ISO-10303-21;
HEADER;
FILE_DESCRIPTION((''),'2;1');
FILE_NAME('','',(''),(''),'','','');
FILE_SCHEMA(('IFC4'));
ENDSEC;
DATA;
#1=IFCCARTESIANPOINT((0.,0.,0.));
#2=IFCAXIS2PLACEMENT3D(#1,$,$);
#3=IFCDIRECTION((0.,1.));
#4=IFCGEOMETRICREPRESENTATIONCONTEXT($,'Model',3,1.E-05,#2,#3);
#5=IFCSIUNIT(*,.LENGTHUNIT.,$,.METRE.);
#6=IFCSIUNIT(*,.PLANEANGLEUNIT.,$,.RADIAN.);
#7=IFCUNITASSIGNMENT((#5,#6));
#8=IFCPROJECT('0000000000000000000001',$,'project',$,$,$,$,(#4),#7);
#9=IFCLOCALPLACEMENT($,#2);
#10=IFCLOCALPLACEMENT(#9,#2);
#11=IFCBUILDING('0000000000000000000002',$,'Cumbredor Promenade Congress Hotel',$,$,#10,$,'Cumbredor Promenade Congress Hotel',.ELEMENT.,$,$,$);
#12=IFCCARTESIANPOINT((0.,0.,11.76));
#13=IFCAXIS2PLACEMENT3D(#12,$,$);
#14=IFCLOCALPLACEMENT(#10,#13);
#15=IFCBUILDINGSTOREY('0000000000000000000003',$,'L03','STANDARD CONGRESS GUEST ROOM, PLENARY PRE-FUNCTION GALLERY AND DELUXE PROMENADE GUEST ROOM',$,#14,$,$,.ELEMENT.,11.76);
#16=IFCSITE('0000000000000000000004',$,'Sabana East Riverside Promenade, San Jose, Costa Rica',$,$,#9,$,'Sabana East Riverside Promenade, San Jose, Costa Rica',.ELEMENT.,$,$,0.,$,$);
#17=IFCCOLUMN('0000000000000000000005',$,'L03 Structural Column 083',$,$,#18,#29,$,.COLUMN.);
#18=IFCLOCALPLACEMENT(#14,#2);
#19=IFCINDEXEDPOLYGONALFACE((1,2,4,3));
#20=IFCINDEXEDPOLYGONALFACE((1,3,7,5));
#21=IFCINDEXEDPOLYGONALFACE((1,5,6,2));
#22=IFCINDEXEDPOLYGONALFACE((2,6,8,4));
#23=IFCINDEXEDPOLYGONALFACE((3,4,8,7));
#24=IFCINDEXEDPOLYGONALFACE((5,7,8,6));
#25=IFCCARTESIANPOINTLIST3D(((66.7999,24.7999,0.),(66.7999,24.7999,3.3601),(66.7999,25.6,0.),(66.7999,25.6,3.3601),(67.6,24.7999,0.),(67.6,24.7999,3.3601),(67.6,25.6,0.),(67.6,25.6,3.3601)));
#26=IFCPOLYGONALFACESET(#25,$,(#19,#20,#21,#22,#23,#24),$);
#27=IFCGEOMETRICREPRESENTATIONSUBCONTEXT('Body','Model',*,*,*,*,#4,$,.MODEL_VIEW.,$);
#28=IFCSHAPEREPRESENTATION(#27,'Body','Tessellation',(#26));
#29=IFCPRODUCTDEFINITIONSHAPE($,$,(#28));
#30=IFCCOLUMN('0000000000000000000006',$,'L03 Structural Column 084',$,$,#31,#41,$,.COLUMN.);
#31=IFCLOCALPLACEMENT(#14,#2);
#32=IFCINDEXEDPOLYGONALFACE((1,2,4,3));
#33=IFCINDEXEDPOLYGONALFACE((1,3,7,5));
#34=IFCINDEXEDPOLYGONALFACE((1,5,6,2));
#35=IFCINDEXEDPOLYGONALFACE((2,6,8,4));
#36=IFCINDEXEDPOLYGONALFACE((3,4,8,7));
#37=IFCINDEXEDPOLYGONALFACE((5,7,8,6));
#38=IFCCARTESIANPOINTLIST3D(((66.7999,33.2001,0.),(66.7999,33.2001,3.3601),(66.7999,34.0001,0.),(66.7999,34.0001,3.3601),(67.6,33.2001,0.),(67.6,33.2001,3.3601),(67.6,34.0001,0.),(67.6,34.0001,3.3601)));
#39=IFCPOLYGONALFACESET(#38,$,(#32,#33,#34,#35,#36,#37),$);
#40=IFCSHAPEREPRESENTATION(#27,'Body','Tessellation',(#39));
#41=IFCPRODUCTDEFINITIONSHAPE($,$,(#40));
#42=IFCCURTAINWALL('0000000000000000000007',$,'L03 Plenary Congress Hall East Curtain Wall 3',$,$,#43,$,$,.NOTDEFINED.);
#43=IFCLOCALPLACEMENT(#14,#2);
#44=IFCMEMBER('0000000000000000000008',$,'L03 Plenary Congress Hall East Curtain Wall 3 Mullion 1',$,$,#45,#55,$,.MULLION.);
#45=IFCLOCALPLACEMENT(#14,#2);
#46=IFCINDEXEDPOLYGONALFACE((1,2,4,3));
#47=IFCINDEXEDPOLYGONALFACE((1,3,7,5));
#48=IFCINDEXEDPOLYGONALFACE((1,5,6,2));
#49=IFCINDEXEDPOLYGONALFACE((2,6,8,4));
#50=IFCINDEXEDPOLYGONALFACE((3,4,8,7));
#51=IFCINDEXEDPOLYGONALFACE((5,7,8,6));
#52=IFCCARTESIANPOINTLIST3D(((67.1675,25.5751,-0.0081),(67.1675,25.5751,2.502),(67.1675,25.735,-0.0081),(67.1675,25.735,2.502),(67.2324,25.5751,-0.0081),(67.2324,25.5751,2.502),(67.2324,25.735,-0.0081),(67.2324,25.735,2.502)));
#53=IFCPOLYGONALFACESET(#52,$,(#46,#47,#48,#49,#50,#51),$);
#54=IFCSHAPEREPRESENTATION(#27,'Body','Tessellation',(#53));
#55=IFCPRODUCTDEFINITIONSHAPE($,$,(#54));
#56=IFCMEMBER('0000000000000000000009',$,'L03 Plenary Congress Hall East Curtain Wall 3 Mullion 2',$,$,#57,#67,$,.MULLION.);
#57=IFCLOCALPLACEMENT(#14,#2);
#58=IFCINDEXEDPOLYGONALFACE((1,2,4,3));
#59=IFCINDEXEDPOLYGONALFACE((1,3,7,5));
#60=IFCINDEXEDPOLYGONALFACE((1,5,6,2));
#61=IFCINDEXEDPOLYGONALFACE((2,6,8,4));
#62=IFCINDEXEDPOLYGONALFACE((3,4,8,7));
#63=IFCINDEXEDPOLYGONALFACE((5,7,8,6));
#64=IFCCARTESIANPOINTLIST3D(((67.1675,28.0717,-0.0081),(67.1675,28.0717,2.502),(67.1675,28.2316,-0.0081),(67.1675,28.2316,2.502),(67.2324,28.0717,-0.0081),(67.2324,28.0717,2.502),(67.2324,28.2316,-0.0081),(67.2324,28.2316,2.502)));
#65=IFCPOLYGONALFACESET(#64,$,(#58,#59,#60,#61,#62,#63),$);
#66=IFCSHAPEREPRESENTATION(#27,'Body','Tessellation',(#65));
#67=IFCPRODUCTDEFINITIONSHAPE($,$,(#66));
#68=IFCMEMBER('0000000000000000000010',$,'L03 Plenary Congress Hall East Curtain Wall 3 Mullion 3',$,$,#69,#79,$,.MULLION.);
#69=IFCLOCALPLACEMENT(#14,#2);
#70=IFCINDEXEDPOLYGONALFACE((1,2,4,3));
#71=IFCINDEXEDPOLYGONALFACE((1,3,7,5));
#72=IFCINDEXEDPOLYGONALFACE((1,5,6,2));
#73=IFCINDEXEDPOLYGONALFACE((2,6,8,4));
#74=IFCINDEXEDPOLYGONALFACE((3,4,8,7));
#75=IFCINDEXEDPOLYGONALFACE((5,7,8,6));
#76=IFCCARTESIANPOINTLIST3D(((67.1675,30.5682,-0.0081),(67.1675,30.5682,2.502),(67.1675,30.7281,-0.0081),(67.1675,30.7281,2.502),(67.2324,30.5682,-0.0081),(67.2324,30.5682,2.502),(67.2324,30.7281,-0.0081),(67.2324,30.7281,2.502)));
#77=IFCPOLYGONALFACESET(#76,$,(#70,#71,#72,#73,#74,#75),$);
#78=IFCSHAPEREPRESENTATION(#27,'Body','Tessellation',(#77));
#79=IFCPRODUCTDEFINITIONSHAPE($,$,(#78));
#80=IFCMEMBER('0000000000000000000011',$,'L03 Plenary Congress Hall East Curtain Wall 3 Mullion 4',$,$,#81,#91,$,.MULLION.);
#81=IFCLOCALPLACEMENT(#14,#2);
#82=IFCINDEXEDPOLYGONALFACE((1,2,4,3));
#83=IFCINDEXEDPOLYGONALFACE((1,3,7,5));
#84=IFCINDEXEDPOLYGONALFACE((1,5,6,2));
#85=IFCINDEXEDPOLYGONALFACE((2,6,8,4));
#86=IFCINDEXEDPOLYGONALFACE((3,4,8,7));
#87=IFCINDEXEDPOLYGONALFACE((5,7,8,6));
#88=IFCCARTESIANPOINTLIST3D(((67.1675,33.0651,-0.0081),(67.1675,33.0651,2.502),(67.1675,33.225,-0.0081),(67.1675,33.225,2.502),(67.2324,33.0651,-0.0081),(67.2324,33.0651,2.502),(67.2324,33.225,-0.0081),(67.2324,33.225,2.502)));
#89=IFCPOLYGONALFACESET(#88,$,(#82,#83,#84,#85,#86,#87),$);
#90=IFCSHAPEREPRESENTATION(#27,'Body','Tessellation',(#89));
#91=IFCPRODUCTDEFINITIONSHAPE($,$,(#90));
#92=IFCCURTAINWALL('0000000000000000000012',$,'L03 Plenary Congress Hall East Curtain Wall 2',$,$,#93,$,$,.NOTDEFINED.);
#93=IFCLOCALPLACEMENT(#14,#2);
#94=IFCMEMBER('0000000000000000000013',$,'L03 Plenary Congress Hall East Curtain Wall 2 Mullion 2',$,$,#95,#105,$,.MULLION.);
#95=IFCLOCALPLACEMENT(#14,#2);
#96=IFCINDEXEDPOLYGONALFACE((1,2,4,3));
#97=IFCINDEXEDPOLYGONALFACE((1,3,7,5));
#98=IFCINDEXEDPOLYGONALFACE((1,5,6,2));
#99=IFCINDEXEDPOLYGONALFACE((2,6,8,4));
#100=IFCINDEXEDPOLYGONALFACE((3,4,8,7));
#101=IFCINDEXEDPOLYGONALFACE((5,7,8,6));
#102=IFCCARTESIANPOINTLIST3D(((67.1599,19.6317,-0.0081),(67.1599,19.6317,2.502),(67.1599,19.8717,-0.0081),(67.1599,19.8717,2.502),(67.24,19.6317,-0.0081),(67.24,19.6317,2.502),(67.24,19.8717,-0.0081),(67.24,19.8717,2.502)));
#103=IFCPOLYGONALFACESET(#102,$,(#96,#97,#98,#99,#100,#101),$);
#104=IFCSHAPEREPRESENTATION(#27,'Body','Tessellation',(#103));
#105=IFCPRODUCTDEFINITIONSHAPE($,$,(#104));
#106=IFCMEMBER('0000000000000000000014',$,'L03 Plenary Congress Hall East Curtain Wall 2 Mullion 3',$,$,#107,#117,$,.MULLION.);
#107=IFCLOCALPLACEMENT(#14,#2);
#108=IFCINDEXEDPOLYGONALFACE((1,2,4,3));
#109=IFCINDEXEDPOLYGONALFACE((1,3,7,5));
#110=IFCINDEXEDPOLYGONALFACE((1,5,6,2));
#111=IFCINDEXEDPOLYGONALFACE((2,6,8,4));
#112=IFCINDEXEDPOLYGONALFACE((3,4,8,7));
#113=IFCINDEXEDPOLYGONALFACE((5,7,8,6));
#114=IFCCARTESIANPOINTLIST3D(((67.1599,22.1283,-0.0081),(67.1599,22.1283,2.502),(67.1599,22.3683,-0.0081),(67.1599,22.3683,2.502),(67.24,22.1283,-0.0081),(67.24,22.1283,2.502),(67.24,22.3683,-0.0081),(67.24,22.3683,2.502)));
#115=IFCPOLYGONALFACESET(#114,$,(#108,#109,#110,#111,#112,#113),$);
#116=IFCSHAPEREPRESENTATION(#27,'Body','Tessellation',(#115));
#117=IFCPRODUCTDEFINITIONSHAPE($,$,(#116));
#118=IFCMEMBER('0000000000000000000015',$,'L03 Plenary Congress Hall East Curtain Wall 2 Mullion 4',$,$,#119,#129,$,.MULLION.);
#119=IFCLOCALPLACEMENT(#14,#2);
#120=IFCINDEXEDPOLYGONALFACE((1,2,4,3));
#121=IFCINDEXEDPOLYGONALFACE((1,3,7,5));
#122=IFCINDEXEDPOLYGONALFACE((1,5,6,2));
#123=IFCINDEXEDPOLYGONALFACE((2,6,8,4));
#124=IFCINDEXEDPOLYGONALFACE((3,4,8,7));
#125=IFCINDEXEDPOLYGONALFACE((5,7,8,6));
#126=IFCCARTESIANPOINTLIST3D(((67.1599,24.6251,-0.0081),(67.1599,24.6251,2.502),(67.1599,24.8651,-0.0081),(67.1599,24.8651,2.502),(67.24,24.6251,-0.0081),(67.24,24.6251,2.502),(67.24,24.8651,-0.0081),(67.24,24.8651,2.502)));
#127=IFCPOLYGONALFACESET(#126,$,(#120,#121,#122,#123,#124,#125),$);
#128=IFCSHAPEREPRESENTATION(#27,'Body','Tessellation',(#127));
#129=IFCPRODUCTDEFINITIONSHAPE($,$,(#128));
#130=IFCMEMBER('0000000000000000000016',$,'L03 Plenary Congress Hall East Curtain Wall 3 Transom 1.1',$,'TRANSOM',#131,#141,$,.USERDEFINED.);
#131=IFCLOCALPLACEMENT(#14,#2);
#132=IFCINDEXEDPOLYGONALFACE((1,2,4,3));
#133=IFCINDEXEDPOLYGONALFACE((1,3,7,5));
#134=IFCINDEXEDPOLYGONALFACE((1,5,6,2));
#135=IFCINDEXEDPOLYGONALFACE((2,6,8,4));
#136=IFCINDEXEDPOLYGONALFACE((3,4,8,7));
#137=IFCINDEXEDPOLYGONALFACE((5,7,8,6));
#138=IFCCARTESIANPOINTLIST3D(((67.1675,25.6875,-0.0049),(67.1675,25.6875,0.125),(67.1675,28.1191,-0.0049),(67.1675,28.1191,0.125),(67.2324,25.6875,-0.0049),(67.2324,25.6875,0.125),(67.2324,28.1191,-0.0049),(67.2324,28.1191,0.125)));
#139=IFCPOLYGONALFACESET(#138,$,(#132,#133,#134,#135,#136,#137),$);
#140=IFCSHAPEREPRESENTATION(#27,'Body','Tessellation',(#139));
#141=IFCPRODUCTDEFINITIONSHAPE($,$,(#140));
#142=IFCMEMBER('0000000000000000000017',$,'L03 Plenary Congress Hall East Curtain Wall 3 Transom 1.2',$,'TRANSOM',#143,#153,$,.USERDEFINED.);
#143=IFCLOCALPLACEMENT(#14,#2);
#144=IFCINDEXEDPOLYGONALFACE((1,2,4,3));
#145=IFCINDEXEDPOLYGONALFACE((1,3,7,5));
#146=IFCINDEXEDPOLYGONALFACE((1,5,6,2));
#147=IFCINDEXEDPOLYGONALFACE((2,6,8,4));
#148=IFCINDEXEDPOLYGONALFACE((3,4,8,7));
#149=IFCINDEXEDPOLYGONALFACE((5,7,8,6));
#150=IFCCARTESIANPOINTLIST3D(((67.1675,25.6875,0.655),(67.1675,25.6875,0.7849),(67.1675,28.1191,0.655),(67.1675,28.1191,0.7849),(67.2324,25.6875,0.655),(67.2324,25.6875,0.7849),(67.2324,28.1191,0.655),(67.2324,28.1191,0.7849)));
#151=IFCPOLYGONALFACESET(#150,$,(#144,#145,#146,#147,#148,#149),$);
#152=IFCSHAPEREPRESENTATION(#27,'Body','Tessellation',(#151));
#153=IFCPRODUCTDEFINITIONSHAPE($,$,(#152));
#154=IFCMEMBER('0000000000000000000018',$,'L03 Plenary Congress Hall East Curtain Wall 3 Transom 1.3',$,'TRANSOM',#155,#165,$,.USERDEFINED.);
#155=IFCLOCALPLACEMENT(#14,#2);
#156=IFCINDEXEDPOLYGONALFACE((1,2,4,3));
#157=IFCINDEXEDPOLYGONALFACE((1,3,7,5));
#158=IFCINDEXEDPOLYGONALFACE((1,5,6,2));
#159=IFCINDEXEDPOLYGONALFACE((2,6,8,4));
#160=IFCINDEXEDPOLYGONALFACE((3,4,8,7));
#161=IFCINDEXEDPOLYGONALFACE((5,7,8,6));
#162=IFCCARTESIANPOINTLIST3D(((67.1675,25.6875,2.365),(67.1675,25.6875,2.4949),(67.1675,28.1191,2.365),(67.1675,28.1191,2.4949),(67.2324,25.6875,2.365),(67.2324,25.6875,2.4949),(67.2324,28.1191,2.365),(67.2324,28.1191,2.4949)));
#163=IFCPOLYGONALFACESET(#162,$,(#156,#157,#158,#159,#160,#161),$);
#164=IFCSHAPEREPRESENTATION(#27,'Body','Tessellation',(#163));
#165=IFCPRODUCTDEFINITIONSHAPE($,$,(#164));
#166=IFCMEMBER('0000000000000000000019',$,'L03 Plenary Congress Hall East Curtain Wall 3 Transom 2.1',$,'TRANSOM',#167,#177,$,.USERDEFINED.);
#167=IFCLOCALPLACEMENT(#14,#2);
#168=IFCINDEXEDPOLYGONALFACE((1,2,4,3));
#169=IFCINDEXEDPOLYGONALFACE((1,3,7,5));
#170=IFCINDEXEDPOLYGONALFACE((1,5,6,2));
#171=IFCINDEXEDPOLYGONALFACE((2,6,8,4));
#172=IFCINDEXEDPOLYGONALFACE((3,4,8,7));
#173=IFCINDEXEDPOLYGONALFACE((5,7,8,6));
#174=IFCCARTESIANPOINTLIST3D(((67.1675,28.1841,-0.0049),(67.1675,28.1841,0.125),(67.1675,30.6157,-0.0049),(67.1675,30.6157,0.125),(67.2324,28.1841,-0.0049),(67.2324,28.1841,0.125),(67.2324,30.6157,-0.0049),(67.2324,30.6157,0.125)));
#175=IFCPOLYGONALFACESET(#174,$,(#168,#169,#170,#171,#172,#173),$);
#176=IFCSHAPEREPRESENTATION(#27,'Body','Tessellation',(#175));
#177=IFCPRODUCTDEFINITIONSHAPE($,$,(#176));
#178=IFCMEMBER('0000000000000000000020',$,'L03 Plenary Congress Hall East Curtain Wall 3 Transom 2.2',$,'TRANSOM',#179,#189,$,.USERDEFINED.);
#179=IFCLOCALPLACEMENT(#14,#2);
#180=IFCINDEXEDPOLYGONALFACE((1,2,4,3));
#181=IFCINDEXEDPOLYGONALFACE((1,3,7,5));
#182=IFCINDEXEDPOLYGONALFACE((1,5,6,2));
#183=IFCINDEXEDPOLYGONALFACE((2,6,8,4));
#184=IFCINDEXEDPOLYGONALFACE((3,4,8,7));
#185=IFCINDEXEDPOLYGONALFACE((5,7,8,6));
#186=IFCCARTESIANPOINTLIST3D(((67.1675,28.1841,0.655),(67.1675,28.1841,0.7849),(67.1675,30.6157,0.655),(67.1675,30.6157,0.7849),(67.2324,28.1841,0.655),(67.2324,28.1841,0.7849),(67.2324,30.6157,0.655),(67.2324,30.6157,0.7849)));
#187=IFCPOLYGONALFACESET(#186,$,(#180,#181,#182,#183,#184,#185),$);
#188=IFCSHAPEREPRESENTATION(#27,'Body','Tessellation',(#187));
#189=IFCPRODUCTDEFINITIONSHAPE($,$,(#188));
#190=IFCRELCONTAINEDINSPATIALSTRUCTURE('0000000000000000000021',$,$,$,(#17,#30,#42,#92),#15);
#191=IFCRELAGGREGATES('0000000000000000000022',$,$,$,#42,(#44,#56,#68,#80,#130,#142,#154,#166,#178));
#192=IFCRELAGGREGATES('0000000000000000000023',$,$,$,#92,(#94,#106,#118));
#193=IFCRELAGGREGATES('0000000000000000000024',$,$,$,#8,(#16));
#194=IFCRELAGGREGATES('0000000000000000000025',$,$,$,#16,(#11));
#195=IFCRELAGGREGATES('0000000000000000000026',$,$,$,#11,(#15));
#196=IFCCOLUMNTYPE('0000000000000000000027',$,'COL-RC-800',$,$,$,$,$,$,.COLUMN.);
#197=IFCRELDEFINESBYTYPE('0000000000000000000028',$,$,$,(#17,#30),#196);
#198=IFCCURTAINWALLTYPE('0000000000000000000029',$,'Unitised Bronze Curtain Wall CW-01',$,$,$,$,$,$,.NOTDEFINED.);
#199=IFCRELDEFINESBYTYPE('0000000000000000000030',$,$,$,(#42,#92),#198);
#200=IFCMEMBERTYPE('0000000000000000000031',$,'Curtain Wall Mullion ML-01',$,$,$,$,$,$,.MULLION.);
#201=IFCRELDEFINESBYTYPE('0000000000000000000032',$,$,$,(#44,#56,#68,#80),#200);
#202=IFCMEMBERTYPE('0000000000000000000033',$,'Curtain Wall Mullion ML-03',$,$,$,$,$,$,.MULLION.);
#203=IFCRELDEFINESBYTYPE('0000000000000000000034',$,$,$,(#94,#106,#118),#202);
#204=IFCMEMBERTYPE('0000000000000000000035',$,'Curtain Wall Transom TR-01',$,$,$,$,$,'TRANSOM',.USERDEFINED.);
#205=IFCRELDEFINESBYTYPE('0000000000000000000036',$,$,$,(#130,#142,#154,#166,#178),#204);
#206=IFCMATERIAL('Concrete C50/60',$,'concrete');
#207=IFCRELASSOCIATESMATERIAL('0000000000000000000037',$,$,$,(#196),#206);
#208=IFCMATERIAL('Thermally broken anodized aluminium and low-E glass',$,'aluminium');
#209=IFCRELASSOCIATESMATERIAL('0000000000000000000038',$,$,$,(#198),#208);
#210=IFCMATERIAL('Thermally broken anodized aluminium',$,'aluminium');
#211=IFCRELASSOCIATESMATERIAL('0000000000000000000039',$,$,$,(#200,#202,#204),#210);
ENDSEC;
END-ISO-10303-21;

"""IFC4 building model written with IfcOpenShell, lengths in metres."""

from ifc_helpers import new_model, si_unit, direction, frame, origin, origin_2d, place, context, subcontext, project, spatial, rectangle, extrude, material, material_profile, profile_set, type_object, element, aggregate, save


model = new_model("IFC4")

# Units and contexts
model_context = context("Model", 3, precision=1e-05, world=origin(), true_north=direction((0.0, 1.0)))
body_context = subcontext(model_context, "Body", "Model", "MODEL_VIEW")
ifc_project = project(units=[si_unit("LENGTHUNIT", "METRE"), si_unit("PLANEANGLEUNIT", "RADIAN")], contexts=[model_context])

# Site, building, storey
site_placement = place(None, origin())
site = spatial("IfcSite", under=ifc_project, at=site_placement, Name="Sabana East Riverside Promenade, San Jose, Costa Rica", LongName="Sabana East Riverside Promenade, San Jose, Costa Rica", CompositionType="ELEMENT", RefElevation=0.0)
building_placement = place(site_placement, origin())
building = spatial("IfcBuilding", under=site, at=building_placement, Name="Cumbredor Promenade Congress Hotel", LongName="Cumbredor Promenade Congress Hotel", CompositionType="ELEMENT")
storey_placement = place(building_placement, frame((0.0, 0.0, 11.76)))
storey = spatial("IfcBuildingStorey", under=building, at=storey_placement, Name="L03", Description="STANDARD CONGRESS GUEST ROOM, PLENARY PRE-FUNCTION GALLERY AND DELUXE PROMENADE GUEST ROOM", CompositionType="ELEMENT", Elevation=11.76)

# Columns
ifc_material_1 = material(Name="Concrete C50/60", Category="concrete")
ifc_material_profile_1 = material_profile(ifc_material_1, rectangle(XDim=0.8, YDim=0.8, at=origin_2d()), Name="RC 800x800")
ifc_profile_set_1 = profile_set([ifc_material_profile_1], Name="Concrete C50/60")
column_type = type_object("IfcColumnType", Name="COL-RC-800", PredefinedType="COLUMN", material=ifc_profile_set_1)
for number, where, z_axis, x_axis, name in (
    (1, (67.2, 25.2, 0.0), (0.0, 0.0, 1.0), (1.0, 0.0, 0.0), "L03 Structural Column 083"),
    (2, (67.2, 33.6001, 0.0), (0.0, 0.0, 1.0), (1.0, 0.0, 0.0), "L03 Structural Column 084"),
):
    element("IfcColumn", number, at=place(storey_placement, frame(where, z_axis=z_axis, x_axis=x_axis)), inside=storey, type_object=column_type, Name=name, PredefinedType="COLUMN", context=body_context, shape_type="SweptSolid", body=[
        extrude(rectangle(XDim=0.8, YDim=0.8, at=origin_2d()), origin(), (0.0, 0.0, 1.0), 3.3601),
    ])

# Curtain walls, members
ifc_material_2 = material(Name="Thermally broken anodized aluminium and low-E glass", Category="aluminium")
curtain_wall_type = type_object("IfcCurtainWallType", Name="Unitised Bronze Curtain Wall CW-01", PredefinedType="NOTDEFINED", material=ifc_material_2)
curtain_wall_1_placement = place(storey_placement, origin())
curtain_wall_1 = element("IfcCurtainWall", 3, at=curtain_wall_1_placement, inside=storey, type_object=curtain_wall_type, Name="L03 Plenary Congress Hall East Curtain Wall 3", PredefinedType="NOTDEFINED")
ifc_material_3 = material(Name="Thermally broken anodized aluminium", Category="aluminium")
ifc_material_profile_2 = material_profile(ifc_material_3, rectangle(XDim=0.0649, YDim=0.1599, at=origin_2d()), Name="ALU MULLION 65x160")
ifc_profile_set_2 = profile_set([ifc_material_profile_2], Name="Thermally broken anodized aluminium")
member_type_1 = type_object("IfcMemberType", Name="Curtain Wall Mullion ML-01", PredefinedType="MULLION", material=ifc_profile_set_2)
member_1_placement = place(storey_placement, frame((67.2, 25.655, -0.0081), z_axis=(0.0, 0.0, 1.0), x_axis=(1.0, 0.0, 0.0)))
member_1 = element("IfcMember", 4, at=member_1_placement, type_object=member_type_1, Name="L03 Plenary Congress Hall East Curtain Wall 3 Mullion 1", PredefinedType="MULLION", context=body_context, shape_type="SweptSolid", body=[
    extrude(rectangle(XDim=0.0649, YDim=0.1599, at=origin_2d()), origin(), (0.0, 0.0, 1.0), 2.51),
])
member_2_placement = place(storey_placement, frame((67.2, 28.1516, -0.0081), z_axis=(0.0, 0.0, 1.0), x_axis=(1.0, 0.0, 0.0)))
member_2 = element("IfcMember", 5, at=member_2_placement, type_object=member_type_1, Name="L03 Plenary Congress Hall East Curtain Wall 3 Mullion 2", PredefinedType="MULLION", context=body_context, shape_type="SweptSolid", body=[
    extrude(rectangle(XDim=0.0649, YDim=0.1599, at=origin_2d()), origin(), (0.0, 0.0, 1.0), 2.51),
])
member_3_placement = place(storey_placement, frame((67.2, 30.6482, -0.0081), z_axis=(0.0, 0.0, 1.0), x_axis=(1.0, 0.0, 0.0)))
member_3 = element("IfcMember", 6, at=member_3_placement, type_object=member_type_1, Name="L03 Plenary Congress Hall East Curtain Wall 3 Mullion 3", PredefinedType="MULLION", context=body_context, shape_type="SweptSolid", body=[
    extrude(rectangle(XDim=0.0649, YDim=0.1599, at=origin_2d()), origin(), (0.0, 0.0, 1.0), 2.51),
])
member_4_placement = place(storey_placement, frame((67.2, 33.145, -0.0081), z_axis=(0.0, 0.0, 1.0), x_axis=(1.0, 0.0, 0.0)))
member_4 = element("IfcMember", 7, at=member_4_placement, type_object=member_type_1, Name="L03 Plenary Congress Hall East Curtain Wall 3 Mullion 4", PredefinedType="MULLION", context=body_context, shape_type="SweptSolid", body=[
    extrude(rectangle(XDim=0.0649, YDim=0.1599, at=origin_2d()), origin(), (0.0, 0.0, 1.0), 2.51),
])
curtain_wall_2_placement = place(storey_placement, origin())
curtain_wall_2 = element("IfcCurtainWall", 8, at=curtain_wall_2_placement, inside=storey, type_object=curtain_wall_type, Name="L03 Plenary Congress Hall East Curtain Wall 2", PredefinedType="NOTDEFINED")
ifc_material_profile_3 = material_profile(ifc_material_3, rectangle(XDim=0.0801, YDim=0.24, at=origin_2d()), Name="ALU MULLION 80x240")
ifc_profile_set_3 = profile_set([ifc_material_profile_3], Name="Thermally broken anodized aluminium")
member_type_2 = type_object("IfcMemberType", Name="Curtain Wall Mullion ML-03", PredefinedType="MULLION", material=ifc_profile_set_3)
member_5_placement = place(storey_placement, frame((67.2, 19.7517, -0.0081), z_axis=(0.0, 0.0, 1.0), x_axis=(1.0, 0.0, 0.0)))
member_5 = element("IfcMember", 9, at=member_5_placement, type_object=member_type_2, Name="L03 Plenary Congress Hall East Curtain Wall 2 Mullion 2", PredefinedType="MULLION", context=body_context, shape_type="SweptSolid", body=[
    extrude(rectangle(XDim=0.0801, YDim=0.24, at=origin_2d()), origin(), (0.0, 0.0, 1.0), 2.51),
])
member_6_placement = place(storey_placement, frame((67.2, 22.2483, -0.0081), z_axis=(0.0, 0.0, 1.0), x_axis=(1.0, 0.0, 0.0)))
member_6 = element("IfcMember", 10, at=member_6_placement, type_object=member_type_2, Name="L03 Plenary Congress Hall East Curtain Wall 2 Mullion 3", PredefinedType="MULLION", context=body_context, shape_type="SweptSolid", body=[
    extrude(rectangle(XDim=0.0801, YDim=0.24, at=origin_2d()), origin(), (0.0, 0.0, 1.0), 2.51),
])
member_7_placement = place(storey_placement, frame((67.2, 24.7451, -0.0081), z_axis=(0.0, 0.0, 1.0), x_axis=(1.0, 0.0, 0.0)))
member_7 = element("IfcMember", 11, at=member_7_placement, type_object=member_type_2, Name="L03 Plenary Congress Hall East Curtain Wall 2 Mullion 4", PredefinedType="MULLION", context=body_context, shape_type="SweptSolid", body=[
    extrude(rectangle(XDim=0.0801, YDim=0.24, at=origin_2d()), origin(), (0.0, 0.0, 1.0), 2.51),
])

# Members
ifc_material_profile_4 = material_profile(ifc_material_3, rectangle(XDim=0.0649, YDim=0.1299, at=origin_2d()), Name="ALU TRANSOM 65x130")
ifc_profile_set_4 = profile_set([ifc_material_profile_4], Name="Thermally broken anodized aluminium")
member_type_3 = type_object("IfcMemberType", Name="Curtain Wall Transom TR-01", ElementType="TRANSOM", PredefinedType="USERDEFINED", material=ifc_profile_set_4)
member_8_placement = place(storey_placement, frame((67.2, 25.6875, 0.0601), z_axis=(0.0, 1.0, 0.0), x_axis=(-1.0, 0.0, 0.0)))
member_8 = element("IfcMember", 12, at=member_8_placement, type_object=member_type_3, Name="L03 Plenary Congress Hall East Curtain Wall 3 Transom 1.1", ObjectType="TRANSOM", PredefinedType="USERDEFINED", context=body_context, shape_type="SweptSolid", body=[
    extrude(rectangle(XDim=0.0649, YDim=0.1299, at=origin_2d()), origin(), (0.0, 0.0, 1.0), 2.4316),
])
member_9_placement = place(storey_placement, frame((67.2, 25.6875, 0.72), z_axis=(0.0, 1.0, 0.0), x_axis=(-1.0, 0.0, 0.0)))
member_9 = element("IfcMember", 13, at=member_9_placement, type_object=member_type_3, Name="L03 Plenary Congress Hall East Curtain Wall 3 Transom 1.2", ObjectType="TRANSOM", PredefinedType="USERDEFINED", context=body_context, shape_type="SweptSolid", body=[
    extrude(rectangle(XDim=0.0649, YDim=0.1299, at=origin_2d()), origin(), (0.0, 0.0, 1.0), 2.4316),
])
member_10_placement = place(storey_placement, frame((67.2, 25.6875, 2.4299), z_axis=(0.0, 1.0, 0.0), x_axis=(-1.0, 0.0, 0.0)))
member_10 = element("IfcMember", 14, at=member_10_placement, type_object=member_type_3, Name="L03 Plenary Congress Hall East Curtain Wall 3 Transom 1.3", ObjectType="TRANSOM", PredefinedType="USERDEFINED", context=body_context, shape_type="SweptSolid", body=[
    extrude(rectangle(XDim=0.0649, YDim=0.1299, at=origin_2d()), origin(), (0.0, 0.0, 1.0), 2.4316),
])
member_11_placement = place(storey_placement, frame((67.2, 28.1841, 0.0601), z_axis=(0.0, 1.0, 0.0), x_axis=(-1.0, 0.0, 0.0)))
member_11 = element("IfcMember", 15, at=member_11_placement, type_object=member_type_3, Name="L03 Plenary Congress Hall East Curtain Wall 3 Transom 2.1", ObjectType="TRANSOM", PredefinedType="USERDEFINED", context=body_context, shape_type="SweptSolid", body=[
    extrude(rectangle(XDim=0.0649, YDim=0.1299, at=origin_2d()), origin(), (0.0, 0.0, 1.0), 2.4316),
])
member_12_placement = place(storey_placement, frame((67.2, 28.1841, 0.72), z_axis=(0.0, 1.0, 0.0), x_axis=(-1.0, 0.0, 0.0)))
member_12 = element("IfcMember", 16, at=member_12_placement, type_object=member_type_3, Name="L03 Plenary Congress Hall East Curtain Wall 3 Transom 2.2", ObjectType="TRANSOM", PredefinedType="USERDEFINED", context=body_context, shape_type="SweptSolid", body=[
    extrude(rectangle(XDim=0.0649, YDim=0.1299, at=origin_2d()), origin(), (0.0, 0.0, 1.0), 2.4316),
])

aggregate(curtain_wall_1, [member_1, member_2, member_3, member_4, member_8, member_9, member_10, member_11, member_12])
aggregate(curtain_wall_2, [member_5, member_6, member_7])

save(model, "model.ifc")
